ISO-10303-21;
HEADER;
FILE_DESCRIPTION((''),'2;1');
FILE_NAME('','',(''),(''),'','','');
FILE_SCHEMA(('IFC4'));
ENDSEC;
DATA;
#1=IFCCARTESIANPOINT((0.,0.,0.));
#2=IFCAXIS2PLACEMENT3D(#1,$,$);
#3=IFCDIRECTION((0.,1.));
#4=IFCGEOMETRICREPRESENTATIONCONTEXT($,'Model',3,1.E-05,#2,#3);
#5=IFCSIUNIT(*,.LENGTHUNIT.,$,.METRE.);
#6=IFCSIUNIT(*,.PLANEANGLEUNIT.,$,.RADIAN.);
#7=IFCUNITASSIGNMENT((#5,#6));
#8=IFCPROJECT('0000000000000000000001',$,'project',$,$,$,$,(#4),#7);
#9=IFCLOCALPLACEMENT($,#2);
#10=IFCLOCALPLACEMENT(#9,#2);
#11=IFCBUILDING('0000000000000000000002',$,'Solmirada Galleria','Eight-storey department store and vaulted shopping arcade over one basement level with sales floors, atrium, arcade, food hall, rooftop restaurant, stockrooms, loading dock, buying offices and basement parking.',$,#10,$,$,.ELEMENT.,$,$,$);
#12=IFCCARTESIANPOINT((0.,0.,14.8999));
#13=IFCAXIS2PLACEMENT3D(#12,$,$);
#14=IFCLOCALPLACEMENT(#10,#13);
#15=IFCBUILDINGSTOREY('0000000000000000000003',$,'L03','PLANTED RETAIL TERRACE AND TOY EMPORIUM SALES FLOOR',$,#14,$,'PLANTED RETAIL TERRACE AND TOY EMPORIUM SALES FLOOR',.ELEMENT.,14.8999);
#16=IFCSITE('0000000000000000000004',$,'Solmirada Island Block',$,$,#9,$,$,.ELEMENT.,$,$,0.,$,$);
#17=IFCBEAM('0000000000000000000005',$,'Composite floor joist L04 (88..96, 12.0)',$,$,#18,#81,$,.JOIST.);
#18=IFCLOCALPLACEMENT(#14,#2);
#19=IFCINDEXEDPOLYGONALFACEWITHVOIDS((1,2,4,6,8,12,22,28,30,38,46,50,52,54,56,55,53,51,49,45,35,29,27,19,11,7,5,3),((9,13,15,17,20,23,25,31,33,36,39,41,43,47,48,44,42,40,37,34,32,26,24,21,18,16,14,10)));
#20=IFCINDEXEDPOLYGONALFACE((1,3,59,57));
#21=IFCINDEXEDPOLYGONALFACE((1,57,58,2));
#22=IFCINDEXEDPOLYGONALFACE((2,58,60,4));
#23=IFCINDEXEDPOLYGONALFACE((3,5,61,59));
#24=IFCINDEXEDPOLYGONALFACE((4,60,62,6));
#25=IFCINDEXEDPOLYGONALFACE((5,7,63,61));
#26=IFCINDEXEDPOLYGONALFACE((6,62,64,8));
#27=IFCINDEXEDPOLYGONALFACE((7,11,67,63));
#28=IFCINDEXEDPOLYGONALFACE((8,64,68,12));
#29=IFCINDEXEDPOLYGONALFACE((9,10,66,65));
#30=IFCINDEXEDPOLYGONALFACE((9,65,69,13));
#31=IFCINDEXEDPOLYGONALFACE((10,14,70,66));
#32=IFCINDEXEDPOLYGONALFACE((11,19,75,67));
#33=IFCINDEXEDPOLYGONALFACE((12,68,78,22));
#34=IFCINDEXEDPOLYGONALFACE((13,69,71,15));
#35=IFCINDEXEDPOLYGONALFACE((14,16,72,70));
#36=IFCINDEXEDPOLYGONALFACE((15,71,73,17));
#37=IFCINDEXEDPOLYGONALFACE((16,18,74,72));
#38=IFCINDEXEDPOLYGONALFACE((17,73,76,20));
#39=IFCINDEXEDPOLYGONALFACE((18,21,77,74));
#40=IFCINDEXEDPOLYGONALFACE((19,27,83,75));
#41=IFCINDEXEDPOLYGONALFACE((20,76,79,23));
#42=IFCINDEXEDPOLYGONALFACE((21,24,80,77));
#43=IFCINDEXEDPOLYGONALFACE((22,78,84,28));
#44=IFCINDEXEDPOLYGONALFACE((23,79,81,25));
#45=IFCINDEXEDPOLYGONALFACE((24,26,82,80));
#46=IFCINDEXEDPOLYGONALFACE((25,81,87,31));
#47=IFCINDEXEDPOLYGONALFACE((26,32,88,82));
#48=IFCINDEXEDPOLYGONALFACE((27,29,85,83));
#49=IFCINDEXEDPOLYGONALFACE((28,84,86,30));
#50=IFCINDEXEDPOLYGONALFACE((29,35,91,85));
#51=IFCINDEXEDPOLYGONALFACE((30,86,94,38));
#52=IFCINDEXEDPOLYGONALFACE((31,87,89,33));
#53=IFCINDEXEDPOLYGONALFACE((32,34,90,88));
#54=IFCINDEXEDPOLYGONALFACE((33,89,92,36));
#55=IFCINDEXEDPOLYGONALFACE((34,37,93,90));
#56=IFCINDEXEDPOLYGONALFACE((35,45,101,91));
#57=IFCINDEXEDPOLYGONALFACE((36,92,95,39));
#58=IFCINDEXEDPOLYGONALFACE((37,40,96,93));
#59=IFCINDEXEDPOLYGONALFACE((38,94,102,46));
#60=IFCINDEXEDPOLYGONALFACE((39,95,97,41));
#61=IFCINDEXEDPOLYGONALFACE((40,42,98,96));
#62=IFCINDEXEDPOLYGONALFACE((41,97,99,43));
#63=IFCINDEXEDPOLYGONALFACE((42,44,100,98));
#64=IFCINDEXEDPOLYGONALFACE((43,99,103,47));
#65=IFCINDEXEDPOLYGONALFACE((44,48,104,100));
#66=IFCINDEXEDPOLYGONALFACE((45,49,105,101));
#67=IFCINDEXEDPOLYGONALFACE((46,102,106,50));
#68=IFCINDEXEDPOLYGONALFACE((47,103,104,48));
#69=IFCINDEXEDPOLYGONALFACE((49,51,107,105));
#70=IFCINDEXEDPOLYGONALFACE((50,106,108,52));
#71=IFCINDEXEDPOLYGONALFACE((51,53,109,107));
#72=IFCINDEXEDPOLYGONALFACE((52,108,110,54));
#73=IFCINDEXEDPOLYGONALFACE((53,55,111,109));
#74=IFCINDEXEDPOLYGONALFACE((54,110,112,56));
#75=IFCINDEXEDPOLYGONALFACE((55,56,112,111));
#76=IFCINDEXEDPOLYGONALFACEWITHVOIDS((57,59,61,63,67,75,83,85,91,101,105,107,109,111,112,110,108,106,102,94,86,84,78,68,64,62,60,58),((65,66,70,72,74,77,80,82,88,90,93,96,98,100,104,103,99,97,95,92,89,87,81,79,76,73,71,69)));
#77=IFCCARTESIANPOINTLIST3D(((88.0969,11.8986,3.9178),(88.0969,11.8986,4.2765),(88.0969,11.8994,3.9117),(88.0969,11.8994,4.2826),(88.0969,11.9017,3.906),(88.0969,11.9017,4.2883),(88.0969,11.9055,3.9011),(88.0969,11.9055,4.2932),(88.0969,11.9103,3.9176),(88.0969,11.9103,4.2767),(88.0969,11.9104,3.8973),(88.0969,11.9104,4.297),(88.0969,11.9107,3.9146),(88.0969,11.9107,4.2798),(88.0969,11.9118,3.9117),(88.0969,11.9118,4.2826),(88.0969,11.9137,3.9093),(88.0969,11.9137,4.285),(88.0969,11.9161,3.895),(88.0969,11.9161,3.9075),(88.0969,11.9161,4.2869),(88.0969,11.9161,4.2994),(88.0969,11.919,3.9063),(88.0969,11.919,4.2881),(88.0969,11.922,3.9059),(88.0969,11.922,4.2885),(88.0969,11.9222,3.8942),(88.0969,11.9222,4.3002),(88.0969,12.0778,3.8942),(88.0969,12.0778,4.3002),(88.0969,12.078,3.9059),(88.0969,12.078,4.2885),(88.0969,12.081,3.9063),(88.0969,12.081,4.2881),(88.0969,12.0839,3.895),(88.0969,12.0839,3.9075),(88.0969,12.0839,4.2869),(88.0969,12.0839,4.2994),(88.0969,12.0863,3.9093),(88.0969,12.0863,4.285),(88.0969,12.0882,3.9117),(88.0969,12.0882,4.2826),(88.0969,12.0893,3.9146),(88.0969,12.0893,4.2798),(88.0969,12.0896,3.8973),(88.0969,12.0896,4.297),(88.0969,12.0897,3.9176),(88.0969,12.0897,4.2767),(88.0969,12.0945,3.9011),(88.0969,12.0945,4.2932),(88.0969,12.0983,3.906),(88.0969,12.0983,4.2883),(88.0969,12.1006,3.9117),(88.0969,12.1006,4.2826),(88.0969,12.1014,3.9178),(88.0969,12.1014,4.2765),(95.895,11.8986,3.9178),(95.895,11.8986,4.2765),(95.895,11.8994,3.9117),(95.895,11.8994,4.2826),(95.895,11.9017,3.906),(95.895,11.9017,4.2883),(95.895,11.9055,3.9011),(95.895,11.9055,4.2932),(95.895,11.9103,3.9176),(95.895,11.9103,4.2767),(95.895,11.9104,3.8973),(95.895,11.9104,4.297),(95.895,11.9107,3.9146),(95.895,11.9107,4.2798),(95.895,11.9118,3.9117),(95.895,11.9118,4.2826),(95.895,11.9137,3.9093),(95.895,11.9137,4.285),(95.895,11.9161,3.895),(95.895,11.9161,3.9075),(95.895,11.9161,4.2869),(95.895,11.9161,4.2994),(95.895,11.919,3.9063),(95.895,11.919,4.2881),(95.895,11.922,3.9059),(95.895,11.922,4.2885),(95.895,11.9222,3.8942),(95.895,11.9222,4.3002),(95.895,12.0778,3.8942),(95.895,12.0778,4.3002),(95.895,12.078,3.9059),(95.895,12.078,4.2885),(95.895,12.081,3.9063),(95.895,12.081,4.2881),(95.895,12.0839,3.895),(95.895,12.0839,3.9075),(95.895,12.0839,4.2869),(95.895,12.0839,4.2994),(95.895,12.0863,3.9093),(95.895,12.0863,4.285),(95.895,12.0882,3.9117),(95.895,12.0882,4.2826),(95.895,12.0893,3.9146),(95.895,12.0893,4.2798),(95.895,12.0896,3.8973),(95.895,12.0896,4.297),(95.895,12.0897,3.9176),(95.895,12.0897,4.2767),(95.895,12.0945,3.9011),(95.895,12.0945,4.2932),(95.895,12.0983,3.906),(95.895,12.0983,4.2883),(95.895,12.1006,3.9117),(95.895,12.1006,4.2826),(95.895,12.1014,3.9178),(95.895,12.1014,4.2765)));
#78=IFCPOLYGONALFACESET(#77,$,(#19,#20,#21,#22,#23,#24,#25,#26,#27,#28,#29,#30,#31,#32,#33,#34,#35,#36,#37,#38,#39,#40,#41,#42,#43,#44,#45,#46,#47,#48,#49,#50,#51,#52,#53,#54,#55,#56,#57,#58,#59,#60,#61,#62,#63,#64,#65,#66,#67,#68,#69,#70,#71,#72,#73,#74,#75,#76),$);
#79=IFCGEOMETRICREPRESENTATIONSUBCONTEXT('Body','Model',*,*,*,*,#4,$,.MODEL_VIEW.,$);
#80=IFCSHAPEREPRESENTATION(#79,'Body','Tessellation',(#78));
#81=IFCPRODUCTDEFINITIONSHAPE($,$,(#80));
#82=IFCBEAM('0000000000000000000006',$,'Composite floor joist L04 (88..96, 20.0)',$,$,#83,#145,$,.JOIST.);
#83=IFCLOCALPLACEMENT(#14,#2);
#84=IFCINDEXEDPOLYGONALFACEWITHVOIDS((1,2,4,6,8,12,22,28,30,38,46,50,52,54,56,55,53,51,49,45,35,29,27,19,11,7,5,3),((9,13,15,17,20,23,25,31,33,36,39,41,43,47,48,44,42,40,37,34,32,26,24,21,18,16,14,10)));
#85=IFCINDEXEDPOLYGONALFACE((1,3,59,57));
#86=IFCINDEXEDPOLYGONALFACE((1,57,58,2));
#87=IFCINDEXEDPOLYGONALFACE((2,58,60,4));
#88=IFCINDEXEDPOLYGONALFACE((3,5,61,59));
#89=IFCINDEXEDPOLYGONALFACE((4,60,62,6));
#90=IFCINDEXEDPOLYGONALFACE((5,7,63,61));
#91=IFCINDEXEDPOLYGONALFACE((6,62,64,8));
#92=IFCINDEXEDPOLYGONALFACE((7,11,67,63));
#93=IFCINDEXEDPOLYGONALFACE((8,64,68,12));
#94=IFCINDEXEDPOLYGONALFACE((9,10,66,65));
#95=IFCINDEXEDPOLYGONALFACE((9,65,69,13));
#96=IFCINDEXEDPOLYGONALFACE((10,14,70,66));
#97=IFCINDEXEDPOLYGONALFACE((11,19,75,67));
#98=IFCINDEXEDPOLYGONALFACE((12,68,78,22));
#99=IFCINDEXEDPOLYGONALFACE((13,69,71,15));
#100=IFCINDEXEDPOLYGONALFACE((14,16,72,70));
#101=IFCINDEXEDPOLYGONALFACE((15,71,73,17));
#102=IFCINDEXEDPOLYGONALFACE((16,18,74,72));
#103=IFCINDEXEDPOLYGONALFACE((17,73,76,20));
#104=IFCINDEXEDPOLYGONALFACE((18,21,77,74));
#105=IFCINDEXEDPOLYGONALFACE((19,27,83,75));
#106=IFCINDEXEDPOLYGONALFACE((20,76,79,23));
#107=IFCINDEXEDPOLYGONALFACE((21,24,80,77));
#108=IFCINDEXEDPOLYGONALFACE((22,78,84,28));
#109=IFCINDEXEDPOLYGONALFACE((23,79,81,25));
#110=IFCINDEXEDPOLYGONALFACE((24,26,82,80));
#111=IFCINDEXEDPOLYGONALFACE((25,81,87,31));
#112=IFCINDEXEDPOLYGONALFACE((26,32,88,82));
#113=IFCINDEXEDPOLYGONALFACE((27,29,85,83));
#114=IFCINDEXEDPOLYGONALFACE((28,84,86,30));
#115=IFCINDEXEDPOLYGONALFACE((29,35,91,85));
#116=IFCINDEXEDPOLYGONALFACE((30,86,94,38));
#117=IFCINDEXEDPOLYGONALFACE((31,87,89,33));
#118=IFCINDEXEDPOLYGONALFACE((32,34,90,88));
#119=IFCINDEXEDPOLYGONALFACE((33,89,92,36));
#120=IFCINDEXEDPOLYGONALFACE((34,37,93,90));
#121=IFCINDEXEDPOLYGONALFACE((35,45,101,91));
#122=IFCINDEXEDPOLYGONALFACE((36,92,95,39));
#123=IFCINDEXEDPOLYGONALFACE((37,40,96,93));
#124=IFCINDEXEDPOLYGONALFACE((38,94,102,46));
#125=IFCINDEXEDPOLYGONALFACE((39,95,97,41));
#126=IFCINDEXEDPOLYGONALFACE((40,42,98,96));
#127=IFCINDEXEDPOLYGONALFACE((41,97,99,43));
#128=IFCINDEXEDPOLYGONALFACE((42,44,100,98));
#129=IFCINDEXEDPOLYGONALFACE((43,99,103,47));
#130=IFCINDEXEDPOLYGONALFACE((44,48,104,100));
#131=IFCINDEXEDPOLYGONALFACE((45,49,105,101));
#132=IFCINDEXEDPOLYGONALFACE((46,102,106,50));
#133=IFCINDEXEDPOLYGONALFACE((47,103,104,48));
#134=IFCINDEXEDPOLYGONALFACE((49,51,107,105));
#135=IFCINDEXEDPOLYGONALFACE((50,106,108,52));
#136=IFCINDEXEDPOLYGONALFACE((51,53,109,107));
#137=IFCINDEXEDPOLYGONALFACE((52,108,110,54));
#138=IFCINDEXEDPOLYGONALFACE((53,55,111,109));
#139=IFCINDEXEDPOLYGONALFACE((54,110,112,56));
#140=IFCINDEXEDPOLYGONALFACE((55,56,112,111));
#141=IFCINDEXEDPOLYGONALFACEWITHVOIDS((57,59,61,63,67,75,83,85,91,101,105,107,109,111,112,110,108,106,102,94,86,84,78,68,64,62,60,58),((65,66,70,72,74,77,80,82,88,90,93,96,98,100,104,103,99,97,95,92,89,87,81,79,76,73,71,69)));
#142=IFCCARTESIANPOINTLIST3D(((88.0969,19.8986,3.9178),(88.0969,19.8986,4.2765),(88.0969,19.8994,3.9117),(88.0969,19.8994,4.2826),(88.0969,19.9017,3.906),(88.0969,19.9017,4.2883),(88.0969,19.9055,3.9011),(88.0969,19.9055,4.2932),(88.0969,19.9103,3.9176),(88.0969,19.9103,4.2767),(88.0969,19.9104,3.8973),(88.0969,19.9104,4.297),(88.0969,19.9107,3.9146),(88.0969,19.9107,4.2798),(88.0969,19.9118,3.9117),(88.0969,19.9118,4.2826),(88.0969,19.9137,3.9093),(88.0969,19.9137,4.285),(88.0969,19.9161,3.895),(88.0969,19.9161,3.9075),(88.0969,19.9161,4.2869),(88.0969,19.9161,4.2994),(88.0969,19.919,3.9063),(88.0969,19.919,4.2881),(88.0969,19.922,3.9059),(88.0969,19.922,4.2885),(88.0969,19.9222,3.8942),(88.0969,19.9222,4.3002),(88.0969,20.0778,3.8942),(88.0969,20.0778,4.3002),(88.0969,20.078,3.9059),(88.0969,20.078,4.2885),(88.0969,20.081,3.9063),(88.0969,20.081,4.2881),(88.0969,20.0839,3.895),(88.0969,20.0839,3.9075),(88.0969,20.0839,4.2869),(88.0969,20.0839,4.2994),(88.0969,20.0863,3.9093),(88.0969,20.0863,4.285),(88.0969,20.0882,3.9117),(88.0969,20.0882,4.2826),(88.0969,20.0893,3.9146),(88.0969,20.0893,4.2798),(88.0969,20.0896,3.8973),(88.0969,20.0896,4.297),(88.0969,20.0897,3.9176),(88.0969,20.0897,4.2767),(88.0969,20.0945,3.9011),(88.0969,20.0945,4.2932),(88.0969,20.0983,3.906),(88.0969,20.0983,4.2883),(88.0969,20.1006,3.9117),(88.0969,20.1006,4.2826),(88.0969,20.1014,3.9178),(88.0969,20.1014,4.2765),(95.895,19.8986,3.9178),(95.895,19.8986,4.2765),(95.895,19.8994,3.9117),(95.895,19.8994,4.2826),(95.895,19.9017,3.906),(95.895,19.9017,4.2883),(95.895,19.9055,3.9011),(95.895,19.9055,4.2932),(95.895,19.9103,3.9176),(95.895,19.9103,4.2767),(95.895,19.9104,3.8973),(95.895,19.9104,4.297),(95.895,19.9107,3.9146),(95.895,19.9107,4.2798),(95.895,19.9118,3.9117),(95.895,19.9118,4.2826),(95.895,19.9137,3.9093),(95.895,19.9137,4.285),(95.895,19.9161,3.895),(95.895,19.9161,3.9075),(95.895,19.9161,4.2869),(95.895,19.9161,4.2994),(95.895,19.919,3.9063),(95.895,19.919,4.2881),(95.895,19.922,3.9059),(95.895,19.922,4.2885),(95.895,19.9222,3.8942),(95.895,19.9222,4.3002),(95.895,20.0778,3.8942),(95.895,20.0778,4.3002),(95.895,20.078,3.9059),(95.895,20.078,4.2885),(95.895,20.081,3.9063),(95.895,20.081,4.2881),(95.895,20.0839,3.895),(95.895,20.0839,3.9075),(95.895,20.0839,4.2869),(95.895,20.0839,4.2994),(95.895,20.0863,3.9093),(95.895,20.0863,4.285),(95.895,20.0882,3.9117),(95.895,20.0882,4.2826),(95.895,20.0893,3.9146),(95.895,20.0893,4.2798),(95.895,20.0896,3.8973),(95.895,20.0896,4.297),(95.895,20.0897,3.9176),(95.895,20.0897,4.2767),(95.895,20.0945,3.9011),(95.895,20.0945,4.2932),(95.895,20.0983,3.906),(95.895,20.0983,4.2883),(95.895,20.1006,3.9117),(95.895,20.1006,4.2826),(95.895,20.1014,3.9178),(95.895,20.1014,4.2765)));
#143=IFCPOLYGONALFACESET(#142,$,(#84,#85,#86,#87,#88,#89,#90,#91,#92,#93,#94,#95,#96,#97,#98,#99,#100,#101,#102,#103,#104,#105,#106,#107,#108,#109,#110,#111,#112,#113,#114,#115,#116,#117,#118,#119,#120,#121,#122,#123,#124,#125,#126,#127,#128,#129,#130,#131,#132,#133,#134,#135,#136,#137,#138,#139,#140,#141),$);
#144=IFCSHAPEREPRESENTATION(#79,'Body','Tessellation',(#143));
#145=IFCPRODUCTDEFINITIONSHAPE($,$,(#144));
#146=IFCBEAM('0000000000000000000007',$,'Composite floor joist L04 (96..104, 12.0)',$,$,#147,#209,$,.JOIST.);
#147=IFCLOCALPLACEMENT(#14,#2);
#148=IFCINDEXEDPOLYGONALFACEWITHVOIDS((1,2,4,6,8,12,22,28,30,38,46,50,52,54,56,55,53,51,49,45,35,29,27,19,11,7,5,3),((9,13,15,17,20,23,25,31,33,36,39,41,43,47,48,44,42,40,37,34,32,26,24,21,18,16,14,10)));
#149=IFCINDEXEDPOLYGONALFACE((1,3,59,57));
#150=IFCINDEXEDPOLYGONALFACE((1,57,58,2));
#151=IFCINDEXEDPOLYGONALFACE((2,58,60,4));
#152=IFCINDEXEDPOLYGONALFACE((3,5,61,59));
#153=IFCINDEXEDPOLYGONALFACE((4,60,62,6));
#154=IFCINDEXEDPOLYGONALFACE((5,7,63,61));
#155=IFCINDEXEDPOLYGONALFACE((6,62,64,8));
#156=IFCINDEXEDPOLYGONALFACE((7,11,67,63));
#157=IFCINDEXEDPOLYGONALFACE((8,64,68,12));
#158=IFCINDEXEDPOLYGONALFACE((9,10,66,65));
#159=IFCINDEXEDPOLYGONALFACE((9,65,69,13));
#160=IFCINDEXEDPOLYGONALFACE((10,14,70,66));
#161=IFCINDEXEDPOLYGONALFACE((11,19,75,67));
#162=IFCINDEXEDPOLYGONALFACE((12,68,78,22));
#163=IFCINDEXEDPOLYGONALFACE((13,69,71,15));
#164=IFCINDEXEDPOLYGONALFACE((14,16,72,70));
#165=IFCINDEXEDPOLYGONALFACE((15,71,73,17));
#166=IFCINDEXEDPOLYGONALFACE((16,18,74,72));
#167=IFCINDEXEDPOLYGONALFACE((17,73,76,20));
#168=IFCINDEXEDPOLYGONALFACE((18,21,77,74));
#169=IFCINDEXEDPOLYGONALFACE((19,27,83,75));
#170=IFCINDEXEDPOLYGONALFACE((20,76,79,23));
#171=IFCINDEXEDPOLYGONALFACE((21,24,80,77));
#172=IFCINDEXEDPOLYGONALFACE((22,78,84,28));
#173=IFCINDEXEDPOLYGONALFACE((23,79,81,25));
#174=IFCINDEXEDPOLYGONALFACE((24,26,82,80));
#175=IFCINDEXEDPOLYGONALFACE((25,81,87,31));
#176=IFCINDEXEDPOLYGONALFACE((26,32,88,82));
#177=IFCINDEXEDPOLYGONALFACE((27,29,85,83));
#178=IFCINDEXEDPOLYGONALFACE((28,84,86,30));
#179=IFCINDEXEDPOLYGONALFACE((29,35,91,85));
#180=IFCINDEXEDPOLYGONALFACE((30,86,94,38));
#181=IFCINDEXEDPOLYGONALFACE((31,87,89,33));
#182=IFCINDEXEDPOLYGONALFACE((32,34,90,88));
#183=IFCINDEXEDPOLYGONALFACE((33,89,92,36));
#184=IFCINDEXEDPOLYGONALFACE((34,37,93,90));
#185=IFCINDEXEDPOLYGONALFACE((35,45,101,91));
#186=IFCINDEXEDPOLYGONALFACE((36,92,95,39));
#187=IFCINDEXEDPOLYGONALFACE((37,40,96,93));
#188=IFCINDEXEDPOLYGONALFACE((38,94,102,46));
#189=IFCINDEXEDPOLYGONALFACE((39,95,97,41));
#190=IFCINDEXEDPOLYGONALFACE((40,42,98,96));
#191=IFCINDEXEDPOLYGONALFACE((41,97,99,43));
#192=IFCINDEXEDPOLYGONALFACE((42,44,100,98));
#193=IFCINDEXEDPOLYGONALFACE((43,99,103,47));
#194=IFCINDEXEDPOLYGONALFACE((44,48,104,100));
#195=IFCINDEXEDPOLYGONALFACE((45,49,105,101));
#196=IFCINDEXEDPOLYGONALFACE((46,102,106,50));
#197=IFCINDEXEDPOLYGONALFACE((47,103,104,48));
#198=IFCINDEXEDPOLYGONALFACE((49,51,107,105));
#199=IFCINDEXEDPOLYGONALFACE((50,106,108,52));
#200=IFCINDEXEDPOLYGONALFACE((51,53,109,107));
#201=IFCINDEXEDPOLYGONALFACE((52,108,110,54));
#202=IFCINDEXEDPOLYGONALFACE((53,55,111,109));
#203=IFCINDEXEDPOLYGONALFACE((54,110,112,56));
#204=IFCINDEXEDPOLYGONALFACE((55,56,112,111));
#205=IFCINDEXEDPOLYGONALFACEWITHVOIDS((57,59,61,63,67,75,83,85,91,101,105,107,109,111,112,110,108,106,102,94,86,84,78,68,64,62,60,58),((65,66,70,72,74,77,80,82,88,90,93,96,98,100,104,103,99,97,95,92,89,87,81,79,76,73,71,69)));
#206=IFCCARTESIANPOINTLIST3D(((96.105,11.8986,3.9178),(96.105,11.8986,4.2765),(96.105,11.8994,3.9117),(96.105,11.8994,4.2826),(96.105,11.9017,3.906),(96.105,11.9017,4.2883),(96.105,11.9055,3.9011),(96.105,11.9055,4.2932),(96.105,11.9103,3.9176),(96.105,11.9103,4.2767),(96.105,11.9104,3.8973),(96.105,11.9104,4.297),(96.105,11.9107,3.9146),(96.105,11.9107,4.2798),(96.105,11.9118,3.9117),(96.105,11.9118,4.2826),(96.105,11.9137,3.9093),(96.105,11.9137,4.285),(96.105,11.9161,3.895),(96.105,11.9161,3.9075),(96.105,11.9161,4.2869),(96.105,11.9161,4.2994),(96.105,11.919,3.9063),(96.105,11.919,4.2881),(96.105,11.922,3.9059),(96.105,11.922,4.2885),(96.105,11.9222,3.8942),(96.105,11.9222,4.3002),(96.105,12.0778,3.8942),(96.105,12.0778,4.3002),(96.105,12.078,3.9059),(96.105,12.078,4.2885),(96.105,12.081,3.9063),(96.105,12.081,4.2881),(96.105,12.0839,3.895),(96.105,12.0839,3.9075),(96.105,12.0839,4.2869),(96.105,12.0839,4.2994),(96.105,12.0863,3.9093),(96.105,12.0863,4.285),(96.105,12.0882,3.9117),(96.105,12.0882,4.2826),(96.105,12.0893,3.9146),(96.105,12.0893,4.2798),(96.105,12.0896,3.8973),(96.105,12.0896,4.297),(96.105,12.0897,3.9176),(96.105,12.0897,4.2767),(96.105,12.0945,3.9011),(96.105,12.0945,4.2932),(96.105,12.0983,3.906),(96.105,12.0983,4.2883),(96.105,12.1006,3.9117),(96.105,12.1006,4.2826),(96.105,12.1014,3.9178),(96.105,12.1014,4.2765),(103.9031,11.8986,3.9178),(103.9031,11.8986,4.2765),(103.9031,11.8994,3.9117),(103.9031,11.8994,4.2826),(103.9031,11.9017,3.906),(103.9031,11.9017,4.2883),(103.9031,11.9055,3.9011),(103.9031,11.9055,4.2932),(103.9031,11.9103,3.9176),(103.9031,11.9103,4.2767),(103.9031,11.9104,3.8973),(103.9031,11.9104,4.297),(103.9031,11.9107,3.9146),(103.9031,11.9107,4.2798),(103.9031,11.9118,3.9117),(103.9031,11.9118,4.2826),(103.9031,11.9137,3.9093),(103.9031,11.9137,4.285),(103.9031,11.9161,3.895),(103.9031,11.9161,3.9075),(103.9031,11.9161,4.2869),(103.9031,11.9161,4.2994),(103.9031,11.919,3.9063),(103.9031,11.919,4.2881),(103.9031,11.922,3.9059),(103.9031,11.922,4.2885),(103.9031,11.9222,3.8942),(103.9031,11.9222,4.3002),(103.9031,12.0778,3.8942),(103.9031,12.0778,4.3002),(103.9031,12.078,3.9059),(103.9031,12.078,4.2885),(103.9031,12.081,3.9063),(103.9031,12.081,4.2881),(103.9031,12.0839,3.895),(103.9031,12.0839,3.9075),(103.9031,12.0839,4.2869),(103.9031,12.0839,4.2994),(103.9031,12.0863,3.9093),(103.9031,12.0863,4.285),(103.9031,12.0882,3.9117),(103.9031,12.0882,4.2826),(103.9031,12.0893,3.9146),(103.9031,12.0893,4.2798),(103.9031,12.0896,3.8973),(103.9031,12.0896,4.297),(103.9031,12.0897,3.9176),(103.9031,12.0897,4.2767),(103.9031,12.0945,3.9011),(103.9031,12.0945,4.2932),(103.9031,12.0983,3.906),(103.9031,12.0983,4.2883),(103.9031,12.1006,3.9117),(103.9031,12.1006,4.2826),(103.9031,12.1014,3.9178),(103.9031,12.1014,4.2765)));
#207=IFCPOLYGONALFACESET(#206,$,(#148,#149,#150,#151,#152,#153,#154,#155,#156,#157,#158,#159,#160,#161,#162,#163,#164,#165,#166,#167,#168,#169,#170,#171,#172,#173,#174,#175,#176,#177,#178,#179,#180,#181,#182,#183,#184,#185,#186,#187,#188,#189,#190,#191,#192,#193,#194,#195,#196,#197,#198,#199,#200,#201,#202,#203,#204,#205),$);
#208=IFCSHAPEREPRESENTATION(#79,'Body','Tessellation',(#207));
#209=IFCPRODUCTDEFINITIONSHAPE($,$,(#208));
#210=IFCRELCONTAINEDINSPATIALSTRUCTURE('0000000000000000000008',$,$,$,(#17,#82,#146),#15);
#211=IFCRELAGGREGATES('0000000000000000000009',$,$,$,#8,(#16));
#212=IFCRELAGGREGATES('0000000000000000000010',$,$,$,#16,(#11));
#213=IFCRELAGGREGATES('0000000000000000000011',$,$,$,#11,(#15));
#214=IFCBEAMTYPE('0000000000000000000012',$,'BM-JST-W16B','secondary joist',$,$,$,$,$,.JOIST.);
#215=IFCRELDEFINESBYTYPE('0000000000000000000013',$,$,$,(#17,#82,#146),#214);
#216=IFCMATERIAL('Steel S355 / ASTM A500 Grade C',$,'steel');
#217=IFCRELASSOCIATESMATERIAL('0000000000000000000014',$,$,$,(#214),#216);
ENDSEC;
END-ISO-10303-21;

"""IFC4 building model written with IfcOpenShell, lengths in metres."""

from ifc_helpers import new_model, si_unit, direction, frame, origin, origin_2d, place, context, subcontext, project, spatial, hollow_rectangle, extrude, material, material_profile, profile_set, type_object, element, save


model = new_model("IFC4")

# Units and contexts
model_context = context("Model", 3, precision=1e-05, world=origin(), true_north=direction((0.0, 1.0)))
body_context = subcontext(model_context, "Body", "Model", "MODEL_VIEW")
ifc_project = project(units=[si_unit("LENGTHUNIT", "METRE"), si_unit("PLANEANGLEUNIT", "RADIAN")], contexts=[model_context])

# Site, building, storey
site_placement = place(None, origin())
site = spatial("IfcSite", under=ifc_project, at=site_placement, Name="Solmirada Island Block", CompositionType="ELEMENT", RefElevation=0.0)
building_placement = place(site_placement, origin())
building = spatial("IfcBuilding", under=site, at=building_placement, Name="Solmirada Galleria", Description="Eight-storey department store and vaulted shopping arcade over one basement level with sales floors, atrium, arcade, food hall, rooftop restaurant, stockrooms, loading dock, buying offices and basement parking.", CompositionType="ELEMENT")
storey_placement = place(building_placement, frame((0.0, 0.0, 14.8999)))
storey = spatial("IfcBuildingStorey", under=building, at=storey_placement, Name="L03", Description="PLANTED RETAIL TERRACE AND TOY EMPORIUM SALES FLOOR", LongName="PLANTED RETAIL TERRACE AND TOY EMPORIUM SALES FLOOR", CompositionType="ELEMENT", Elevation=14.8999)

# Beams
ifc_material_1 = material(Name="Steel S355 / ASTM A500 Grade C", Category="steel")
ifc_material_profile_1 = material_profile(ifc_material_1, hollow_rectangle(XDim=0.2029, YDim=0.406, WallThickness=0.0117, InnerFilletRadius=0.0117, OuterFilletRadius=0.0237, at=origin_2d()), Name="HSS16X8X1/2")
ifc_profile_set_1 = profile_set([ifc_material_profile_1], Name="Steel S355 / ASTM A500 Grade C")
beam_type_1 = type_object("IfcBeamType", Name="BM-JST-W16B", Description="secondary joist", PredefinedType="JOIST", material=ifc_profile_set_1)
for number, where, z_axis, x_axis, name in (
    (1, (88.0969, 12.0, 4.0972), (1.0, 0.0, 0.0), (0.0, 1.0, 0.0), "Composite floor joist L04 (88..96, 12.0)"),
    (2, (88.0969, 20.0, 4.0972), (1.0, 0.0, 0.0), (0.0, 1.0, 0.0), "Composite floor joist L04 (88..96, 20.0)"),
    (3, (96.105, 12.0, 4.0972), (1.0, 0.0, 0.0), (0.0, 1.0, 0.0), "Composite floor joist L04 (96..104, 12.0)"),
):
    element("IfcBeam", number, at=place(storey_placement, frame(where, z_axis=z_axis, x_axis=x_axis)), inside=storey, type_object=beam_type_1, Name=name, PredefinedType="JOIST", context=body_context, shape_type="SweptSolid", body=[
        extrude(hollow_rectangle(XDim=0.2029, YDim=0.406, WallThickness=0.0117, InnerFilletRadius=0.0117, OuterFilletRadius=0.0237, at=origin_2d()), origin(), (0.0, 0.0, 1.0), 7.7981),
    ])

save(model, "model.ifc")
